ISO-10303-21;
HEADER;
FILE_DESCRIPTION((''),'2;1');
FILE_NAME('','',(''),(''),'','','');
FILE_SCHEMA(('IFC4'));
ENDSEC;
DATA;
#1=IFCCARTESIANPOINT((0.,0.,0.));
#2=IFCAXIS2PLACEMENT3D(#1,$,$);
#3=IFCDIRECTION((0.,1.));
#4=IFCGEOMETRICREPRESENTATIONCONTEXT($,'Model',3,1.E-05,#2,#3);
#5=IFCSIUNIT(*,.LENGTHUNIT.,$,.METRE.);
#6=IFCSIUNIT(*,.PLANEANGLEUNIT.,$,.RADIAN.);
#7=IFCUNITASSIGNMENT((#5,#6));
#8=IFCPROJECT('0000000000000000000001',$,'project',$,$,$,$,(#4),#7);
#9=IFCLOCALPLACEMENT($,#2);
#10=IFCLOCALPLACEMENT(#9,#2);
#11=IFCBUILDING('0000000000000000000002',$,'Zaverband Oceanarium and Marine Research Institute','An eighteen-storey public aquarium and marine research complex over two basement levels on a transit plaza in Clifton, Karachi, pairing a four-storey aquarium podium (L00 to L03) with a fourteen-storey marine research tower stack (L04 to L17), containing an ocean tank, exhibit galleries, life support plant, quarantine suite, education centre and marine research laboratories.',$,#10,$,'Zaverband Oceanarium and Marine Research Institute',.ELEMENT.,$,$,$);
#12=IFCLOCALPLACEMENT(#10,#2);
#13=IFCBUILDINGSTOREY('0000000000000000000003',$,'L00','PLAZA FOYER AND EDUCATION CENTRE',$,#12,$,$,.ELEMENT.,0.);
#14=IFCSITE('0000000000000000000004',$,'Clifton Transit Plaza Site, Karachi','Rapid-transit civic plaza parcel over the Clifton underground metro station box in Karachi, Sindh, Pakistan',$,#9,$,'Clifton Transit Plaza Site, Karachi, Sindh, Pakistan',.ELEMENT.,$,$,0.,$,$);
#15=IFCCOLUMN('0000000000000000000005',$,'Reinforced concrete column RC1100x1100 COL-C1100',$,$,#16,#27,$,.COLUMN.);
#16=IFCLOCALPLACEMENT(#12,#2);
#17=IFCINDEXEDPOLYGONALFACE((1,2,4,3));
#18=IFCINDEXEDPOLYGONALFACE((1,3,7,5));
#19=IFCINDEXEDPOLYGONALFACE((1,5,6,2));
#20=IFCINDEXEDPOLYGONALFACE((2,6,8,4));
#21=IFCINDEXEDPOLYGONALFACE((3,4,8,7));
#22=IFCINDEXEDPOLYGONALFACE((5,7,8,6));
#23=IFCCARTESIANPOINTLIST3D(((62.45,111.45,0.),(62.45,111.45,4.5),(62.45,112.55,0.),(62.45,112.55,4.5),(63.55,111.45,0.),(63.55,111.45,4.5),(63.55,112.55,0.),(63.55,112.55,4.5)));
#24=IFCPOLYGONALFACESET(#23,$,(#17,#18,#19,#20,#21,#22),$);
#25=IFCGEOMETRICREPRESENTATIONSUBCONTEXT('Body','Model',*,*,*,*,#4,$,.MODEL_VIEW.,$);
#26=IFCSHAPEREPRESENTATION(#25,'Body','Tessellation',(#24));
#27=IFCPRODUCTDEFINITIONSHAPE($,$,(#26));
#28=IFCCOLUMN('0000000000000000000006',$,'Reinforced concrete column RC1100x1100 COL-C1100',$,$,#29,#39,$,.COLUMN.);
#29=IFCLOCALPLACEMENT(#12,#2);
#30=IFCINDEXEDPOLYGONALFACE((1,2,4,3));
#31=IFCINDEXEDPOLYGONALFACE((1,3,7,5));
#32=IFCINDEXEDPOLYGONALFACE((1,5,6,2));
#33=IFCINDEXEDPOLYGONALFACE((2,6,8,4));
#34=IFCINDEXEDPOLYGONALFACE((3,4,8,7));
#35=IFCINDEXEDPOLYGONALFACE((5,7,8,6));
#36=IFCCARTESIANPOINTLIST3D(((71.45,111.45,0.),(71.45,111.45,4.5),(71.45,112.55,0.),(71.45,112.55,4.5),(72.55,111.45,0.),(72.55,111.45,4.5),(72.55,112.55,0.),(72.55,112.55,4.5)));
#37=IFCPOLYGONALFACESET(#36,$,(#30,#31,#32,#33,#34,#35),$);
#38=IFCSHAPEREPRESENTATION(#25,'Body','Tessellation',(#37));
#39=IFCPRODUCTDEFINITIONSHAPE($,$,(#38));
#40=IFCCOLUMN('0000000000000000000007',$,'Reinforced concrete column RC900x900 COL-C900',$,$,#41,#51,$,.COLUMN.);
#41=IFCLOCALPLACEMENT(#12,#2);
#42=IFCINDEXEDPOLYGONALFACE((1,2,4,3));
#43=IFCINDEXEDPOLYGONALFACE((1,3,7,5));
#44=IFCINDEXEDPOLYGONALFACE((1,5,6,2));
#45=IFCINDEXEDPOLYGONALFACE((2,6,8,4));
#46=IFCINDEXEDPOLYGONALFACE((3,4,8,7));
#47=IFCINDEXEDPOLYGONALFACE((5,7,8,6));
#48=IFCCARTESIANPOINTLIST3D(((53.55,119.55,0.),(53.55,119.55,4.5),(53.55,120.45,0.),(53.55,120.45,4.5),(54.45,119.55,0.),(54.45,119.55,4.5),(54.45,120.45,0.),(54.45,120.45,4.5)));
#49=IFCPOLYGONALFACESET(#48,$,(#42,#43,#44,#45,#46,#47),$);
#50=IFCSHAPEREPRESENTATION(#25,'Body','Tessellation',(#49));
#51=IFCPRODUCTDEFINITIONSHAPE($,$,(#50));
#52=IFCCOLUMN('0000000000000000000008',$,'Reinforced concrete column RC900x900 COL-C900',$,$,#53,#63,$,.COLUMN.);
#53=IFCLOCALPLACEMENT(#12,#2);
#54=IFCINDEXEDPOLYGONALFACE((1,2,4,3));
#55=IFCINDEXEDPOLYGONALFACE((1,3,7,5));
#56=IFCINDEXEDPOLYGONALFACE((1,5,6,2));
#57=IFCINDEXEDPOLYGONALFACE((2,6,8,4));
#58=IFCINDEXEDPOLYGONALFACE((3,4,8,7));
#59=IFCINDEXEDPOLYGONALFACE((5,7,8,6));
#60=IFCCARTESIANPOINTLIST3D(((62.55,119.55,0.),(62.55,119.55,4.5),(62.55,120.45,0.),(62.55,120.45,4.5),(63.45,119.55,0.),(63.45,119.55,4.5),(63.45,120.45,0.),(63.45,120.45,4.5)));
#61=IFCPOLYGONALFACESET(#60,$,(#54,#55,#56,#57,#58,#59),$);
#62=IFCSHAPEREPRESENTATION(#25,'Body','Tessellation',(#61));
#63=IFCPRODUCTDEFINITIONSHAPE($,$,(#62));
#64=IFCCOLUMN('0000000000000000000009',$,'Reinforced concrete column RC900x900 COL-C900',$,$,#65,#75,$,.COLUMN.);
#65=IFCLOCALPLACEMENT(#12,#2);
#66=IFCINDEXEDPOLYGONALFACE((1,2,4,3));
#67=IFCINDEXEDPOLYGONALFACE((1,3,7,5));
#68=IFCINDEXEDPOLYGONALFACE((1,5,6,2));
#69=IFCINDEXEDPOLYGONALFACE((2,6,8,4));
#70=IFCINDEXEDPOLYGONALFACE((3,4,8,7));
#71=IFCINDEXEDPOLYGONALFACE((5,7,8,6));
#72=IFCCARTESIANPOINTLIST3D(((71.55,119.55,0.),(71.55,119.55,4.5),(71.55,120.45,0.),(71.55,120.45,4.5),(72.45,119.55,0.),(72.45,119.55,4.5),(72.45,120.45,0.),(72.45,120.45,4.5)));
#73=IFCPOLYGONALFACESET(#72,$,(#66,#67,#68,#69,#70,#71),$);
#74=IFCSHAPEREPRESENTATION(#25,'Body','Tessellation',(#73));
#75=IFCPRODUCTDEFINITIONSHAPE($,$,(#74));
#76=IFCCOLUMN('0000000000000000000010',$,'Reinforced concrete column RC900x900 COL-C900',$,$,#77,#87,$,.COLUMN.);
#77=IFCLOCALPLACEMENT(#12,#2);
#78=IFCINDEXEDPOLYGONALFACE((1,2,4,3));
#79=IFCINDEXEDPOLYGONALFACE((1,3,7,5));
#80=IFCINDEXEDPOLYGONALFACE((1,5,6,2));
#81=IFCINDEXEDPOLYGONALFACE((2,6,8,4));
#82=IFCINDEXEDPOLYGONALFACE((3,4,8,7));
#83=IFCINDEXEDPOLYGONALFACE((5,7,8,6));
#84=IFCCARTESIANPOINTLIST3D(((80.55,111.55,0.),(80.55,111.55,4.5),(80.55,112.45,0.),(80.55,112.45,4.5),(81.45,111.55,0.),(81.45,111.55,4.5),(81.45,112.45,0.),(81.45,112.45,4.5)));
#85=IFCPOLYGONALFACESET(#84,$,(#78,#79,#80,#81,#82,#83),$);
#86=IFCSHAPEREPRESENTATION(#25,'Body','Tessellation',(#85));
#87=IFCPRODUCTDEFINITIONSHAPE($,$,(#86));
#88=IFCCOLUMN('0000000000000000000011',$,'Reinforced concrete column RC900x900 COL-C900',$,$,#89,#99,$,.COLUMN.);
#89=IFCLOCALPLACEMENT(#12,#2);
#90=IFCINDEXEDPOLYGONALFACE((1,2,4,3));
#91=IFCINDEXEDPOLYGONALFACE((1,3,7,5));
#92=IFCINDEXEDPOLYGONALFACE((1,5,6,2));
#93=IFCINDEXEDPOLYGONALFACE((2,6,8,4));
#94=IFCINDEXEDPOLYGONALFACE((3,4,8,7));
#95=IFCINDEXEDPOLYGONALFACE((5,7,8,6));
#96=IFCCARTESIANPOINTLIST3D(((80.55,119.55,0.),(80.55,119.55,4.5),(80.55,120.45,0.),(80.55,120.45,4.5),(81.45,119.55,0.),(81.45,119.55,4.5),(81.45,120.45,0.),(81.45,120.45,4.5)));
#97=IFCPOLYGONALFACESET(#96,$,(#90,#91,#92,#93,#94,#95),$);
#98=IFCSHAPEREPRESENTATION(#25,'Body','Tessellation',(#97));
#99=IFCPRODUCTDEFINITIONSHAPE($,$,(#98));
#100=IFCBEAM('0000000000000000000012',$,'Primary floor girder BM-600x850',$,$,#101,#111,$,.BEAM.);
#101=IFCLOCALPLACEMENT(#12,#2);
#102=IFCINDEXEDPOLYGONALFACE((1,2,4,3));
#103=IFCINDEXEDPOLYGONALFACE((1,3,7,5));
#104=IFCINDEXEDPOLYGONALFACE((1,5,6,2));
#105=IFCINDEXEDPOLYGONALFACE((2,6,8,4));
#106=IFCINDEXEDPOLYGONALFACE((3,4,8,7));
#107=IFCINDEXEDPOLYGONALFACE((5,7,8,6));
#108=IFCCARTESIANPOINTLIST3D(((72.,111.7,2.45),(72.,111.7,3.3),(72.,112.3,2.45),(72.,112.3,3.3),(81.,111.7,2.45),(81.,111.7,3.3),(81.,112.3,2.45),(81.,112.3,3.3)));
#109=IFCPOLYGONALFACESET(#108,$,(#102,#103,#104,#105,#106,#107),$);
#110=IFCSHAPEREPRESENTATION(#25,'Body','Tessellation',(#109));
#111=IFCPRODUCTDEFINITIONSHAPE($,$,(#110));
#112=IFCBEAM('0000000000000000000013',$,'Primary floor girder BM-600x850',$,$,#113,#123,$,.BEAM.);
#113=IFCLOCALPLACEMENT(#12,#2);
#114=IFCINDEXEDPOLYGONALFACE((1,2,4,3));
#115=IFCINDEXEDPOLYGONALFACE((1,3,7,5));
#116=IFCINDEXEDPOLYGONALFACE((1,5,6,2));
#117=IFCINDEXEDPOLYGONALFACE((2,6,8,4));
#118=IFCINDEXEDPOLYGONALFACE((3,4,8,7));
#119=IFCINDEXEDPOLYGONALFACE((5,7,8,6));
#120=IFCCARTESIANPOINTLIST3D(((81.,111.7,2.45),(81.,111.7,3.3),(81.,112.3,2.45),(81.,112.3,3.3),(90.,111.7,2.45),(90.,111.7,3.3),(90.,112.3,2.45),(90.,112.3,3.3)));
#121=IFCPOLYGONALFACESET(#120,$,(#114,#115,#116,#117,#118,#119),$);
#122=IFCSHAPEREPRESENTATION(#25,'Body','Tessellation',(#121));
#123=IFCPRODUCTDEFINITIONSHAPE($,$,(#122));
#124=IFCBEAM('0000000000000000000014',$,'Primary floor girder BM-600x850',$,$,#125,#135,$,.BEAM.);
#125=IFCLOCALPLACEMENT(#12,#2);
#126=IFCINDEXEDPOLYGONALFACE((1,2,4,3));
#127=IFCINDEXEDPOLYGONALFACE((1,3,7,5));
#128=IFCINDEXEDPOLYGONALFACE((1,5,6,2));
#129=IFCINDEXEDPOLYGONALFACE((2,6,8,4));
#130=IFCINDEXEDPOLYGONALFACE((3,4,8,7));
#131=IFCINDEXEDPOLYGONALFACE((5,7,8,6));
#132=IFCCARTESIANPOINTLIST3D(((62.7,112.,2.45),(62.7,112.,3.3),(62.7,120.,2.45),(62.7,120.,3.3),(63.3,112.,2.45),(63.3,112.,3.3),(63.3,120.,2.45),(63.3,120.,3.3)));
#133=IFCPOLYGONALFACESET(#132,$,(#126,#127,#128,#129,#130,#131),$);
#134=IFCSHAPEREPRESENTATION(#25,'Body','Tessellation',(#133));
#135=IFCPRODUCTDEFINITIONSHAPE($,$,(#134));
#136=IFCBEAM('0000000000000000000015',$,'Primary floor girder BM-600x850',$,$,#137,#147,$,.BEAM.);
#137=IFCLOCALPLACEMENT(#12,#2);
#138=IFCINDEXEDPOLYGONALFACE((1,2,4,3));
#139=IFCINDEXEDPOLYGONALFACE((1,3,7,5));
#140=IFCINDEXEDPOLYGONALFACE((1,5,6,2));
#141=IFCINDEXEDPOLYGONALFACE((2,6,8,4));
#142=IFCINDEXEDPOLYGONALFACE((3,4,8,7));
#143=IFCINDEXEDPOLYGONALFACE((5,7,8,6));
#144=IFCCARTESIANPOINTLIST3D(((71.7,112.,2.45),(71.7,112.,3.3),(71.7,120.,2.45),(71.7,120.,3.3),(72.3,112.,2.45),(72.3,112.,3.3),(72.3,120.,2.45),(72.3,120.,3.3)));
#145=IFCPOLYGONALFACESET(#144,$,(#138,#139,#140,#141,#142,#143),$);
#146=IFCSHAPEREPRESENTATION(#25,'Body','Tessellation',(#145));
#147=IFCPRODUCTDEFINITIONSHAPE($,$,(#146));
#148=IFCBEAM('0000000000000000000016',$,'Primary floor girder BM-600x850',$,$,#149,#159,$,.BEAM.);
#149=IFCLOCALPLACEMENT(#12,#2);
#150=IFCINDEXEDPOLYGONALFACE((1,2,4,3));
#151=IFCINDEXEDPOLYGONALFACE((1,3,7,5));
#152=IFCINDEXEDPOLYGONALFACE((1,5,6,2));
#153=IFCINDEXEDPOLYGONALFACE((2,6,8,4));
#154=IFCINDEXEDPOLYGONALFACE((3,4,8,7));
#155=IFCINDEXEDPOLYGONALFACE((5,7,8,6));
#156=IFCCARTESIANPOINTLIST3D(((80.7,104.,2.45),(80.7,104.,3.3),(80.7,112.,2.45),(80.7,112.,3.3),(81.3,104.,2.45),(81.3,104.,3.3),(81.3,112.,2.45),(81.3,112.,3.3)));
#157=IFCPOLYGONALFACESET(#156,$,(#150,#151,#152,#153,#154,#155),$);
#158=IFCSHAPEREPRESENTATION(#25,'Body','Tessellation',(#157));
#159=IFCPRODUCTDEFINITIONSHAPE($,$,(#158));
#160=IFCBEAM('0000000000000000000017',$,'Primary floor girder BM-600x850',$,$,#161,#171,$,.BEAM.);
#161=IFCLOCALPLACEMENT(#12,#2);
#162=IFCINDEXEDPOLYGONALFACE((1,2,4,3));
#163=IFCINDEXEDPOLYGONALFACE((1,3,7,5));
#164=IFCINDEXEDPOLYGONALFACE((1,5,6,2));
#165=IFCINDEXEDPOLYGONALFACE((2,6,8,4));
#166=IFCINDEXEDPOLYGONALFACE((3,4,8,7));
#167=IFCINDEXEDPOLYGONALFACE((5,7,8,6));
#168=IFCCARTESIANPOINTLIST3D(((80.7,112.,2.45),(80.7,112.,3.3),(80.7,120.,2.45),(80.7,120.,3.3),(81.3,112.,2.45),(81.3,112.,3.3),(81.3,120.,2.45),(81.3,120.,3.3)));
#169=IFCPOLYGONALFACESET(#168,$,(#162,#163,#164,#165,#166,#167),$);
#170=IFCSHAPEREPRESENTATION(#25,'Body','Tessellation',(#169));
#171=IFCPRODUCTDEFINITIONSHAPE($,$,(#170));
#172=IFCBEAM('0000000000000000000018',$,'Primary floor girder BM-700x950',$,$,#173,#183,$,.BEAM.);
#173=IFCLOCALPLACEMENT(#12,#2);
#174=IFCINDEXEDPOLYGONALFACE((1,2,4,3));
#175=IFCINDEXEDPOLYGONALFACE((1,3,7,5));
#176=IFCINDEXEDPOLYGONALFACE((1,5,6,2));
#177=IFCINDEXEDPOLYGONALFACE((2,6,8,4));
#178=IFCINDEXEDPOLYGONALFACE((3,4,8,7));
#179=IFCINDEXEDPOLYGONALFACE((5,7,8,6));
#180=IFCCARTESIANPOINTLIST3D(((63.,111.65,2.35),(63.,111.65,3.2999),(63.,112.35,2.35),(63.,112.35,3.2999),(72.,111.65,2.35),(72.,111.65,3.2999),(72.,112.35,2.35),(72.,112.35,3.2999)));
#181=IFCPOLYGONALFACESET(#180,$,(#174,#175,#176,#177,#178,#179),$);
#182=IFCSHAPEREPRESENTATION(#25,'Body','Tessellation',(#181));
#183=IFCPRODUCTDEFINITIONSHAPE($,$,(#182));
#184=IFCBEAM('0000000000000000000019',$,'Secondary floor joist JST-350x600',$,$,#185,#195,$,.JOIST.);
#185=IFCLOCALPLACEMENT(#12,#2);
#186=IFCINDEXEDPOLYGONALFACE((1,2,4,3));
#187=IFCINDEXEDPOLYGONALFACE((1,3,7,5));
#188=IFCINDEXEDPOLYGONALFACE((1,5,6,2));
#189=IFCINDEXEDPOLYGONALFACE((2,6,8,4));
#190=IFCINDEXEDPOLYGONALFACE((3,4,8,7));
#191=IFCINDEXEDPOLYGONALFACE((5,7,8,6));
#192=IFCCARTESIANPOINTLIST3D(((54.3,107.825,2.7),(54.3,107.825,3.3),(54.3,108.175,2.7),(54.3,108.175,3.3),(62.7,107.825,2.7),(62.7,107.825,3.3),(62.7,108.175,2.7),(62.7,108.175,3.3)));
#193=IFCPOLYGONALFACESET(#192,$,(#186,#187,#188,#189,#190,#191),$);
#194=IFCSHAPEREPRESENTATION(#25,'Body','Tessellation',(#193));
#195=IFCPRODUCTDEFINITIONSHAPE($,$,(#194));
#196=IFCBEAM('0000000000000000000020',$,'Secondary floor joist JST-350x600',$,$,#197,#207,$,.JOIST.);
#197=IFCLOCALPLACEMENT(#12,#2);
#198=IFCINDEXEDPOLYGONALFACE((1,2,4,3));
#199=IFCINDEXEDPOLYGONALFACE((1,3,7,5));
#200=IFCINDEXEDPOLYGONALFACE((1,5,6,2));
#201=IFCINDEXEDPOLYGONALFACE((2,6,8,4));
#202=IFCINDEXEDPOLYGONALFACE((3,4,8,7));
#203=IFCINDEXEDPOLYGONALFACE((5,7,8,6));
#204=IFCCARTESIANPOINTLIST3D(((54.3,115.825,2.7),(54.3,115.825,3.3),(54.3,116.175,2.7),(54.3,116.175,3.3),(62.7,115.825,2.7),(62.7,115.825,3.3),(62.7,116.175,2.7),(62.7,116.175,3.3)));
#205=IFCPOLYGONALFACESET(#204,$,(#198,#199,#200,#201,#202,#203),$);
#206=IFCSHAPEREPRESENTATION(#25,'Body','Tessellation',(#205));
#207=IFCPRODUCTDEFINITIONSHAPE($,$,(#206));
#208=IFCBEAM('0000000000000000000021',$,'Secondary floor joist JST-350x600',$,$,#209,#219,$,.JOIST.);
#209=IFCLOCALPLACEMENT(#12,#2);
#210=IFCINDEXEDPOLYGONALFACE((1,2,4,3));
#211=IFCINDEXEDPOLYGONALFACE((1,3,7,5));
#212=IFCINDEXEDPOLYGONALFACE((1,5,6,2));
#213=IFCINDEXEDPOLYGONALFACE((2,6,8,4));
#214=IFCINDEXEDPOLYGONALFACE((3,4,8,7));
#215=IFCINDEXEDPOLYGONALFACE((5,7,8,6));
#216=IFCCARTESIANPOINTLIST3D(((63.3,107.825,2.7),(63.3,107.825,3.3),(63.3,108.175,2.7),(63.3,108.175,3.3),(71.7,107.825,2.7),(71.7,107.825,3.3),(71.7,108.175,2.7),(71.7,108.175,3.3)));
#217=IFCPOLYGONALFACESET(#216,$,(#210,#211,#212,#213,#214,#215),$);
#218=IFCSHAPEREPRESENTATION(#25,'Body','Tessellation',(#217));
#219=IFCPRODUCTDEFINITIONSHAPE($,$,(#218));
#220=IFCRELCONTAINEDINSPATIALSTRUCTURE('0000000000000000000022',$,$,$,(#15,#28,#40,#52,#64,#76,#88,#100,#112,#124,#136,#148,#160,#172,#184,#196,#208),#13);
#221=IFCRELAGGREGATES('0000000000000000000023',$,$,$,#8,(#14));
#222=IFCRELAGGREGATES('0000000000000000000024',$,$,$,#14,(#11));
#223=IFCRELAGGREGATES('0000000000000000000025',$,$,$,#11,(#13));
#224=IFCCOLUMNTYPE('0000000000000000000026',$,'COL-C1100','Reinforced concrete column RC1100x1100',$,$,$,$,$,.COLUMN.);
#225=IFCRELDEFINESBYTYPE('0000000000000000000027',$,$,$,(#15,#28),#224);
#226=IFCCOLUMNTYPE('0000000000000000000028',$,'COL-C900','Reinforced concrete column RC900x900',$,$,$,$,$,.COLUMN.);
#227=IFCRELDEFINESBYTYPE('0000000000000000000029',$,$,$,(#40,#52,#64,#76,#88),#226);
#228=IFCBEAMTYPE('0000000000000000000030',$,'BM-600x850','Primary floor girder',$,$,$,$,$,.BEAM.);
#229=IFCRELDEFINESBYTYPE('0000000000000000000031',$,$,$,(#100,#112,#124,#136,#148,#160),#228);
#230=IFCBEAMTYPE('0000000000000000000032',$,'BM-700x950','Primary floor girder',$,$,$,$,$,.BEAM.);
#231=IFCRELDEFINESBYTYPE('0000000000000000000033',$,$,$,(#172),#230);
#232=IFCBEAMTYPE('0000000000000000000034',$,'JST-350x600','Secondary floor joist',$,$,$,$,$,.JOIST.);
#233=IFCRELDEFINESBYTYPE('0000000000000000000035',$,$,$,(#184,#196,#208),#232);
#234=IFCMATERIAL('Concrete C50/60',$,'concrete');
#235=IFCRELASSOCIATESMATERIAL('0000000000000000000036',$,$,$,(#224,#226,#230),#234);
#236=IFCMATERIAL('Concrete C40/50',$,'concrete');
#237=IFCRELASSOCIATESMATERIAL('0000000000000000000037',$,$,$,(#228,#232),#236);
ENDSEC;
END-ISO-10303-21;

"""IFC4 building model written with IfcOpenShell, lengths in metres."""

from ifc_helpers import new_model, si_unit, direction, frame, origin, origin_2d, place, context, subcontext, project, spatial, rectangle, extrude, material, material_profile, profile_set, type_object, element, save


model = new_model("IFC4")

# Units and contexts
model_context = context("Model", 3, precision=1e-05, world=origin(), true_north=direction((0.0, 1.0)))
body_context = subcontext(model_context, "Body", "Model", "MODEL_VIEW")
ifc_project = project(units=[si_unit("LENGTHUNIT", "METRE"), si_unit("PLANEANGLEUNIT", "RADIAN")], contexts=[model_context])

# Site, building, storey
site_placement = place(None, origin())
site = spatial("IfcSite", under=ifc_project, at=site_placement, Name="Clifton Transit Plaza Site, Karachi", Description="Rapid-transit civic plaza parcel over the Clifton underground metro station box in Karachi, Sindh, Pakistan", LongName="Clifton Transit Plaza Site, Karachi, Sindh, Pakistan", CompositionType="ELEMENT", RefElevation=0.0)
building_placement = place(site_placement, origin())
building = spatial("IfcBuilding", under=site, at=building_placement, Name="Zaverband Oceanarium and Marine Research Institute", Description="An eighteen-storey public aquarium and marine research complex over two basement levels on a transit plaza in Clifton, Karachi, pairing a four-storey aquarium podium (L00 to L03) with a fourteen-storey marine research tower stack (L04 to L17), containing an ocean tank, exhibit galleries, life support plant, quarantine suite, education centre and marine research laboratories.", LongName="Zaverband Oceanarium and Marine Research Institute", CompositionType="ELEMENT")
storey_placement = place(building_placement, origin())
storey = spatial("IfcBuildingStorey", under=building, at=storey_placement, Name="L00", Description="PLAZA FOYER AND EDUCATION CENTRE", CompositionType="ELEMENT", Elevation=0.0)

# Columns
ifc_material_1 = material(Name="Concrete C50/60", Category="concrete")
ifc_material_profile_1 = material_profile(ifc_material_1, rectangle(XDim=1.1001, YDim=1.1001, at=origin_2d()), Name="RC1100x1100")
ifc_profile_set_1 = profile_set([ifc_material_profile_1], Name="Concrete C50/60")
column_type_1 = type_object("IfcColumnType", Name="COL-C1100", Description="Reinforced concrete column RC1100x1100", PredefinedType="COLUMN", material=ifc_profile_set_1)
for number, where, z_axis, x_axis, name in (
    (1, (63.0, 112.0, 0.0), (0.0, 0.0, 1.0), (1.0, 0.0, 0.0), "Reinforced concrete column RC1100x1100 COL-C1100"),
    (2, (72.0, 112.0, 0.0), (0.0, 0.0, 1.0), (1.0, 0.0, 0.0), "Reinforced concrete column RC1100x1100 COL-C1100"),
):
    element("IfcColumn", number, at=place(storey_placement, frame(where, z_axis=z_axis, x_axis=x_axis)), inside=storey, type_object=column_type_1, Name=name, PredefinedType="COLUMN", context=body_context, shape_type="SweptSolid", body=[
        extrude(rectangle(XDim=1.1001, YDim=1.1001, at=origin_2d()), origin(), (0.0, 0.0, 1.0), 4.5),
    ])
ifc_material_profile_2 = material_profile(ifc_material_1, rectangle(XDim=0.8999, YDim=0.8999, at=origin_2d()), Name="RC900x900")
ifc_profile_set_2 = profile_set([ifc_material_profile_2], Name="Concrete C50/60")
column_type_2 = type_object("IfcColumnType", Name="COL-C900", Description="Reinforced concrete column RC900x900", PredefinedType="COLUMN", material=ifc_profile_set_2)
for number, where, z_axis, x_axis, name in (
    (3, (54.0, 120.0, 0.0), (0.0, 0.0, 1.0), (1.0, 0.0, 0.0), "Reinforced concrete column RC900x900 COL-C900"),
    (4, (63.0, 120.0, 0.0), (0.0, 0.0, 1.0), (1.0, 0.0, 0.0), "Reinforced concrete column RC900x900 COL-C900"),
    (5, (72.0, 120.0, 0.0), (0.0, 0.0, 1.0), (1.0, 0.0, 0.0), "Reinforced concrete column RC900x900 COL-C900"),
    (6, (81.0, 112.0, 0.0), (0.0, 0.0, 1.0), (1.0, 0.0, 0.0), "Reinforced concrete column RC900x900 COL-C900"),
    (7, (81.0, 120.0, 0.0), (0.0, 0.0, 1.0), (1.0, 0.0, 0.0), "Reinforced concrete column RC900x900 COL-C900"),
):
    element("IfcColumn", number, at=place(storey_placement, frame(where, z_axis=z_axis, x_axis=x_axis)), inside=storey, type_object=column_type_2, Name=name, PredefinedType="COLUMN", context=body_context, shape_type="SweptSolid", body=[
        extrude(rectangle(XDim=0.8999, YDim=0.8999, at=origin_2d()), origin(), (0.0, 0.0, 1.0), 4.5),
    ])

# Beams
ifc_material_2 = material(Name="Concrete C40/50", Category="concrete")
ifc_material_profile_3 = material_profile(ifc_material_2, rectangle(XDim=0.6001, YDim=0.8501, at=origin_2d()), Name="RC600x850")
ifc_profile_set_3 = profile_set([ifc_material_profile_3], Name="Concrete C40/50")
beam_type_1 = type_object("IfcBeamType", Name="BM-600x850", Description="Primary floor girder", PredefinedType="BEAM", material=ifc_profile_set_3)
for number, where, z_axis, x_axis, name in (
    (8, (72.0, 112.0, 2.875), (1.0, 0.0, 0.0), (0.0, 1.0, 0.0), "Primary floor girder BM-600x850"),
    (9, (81.0, 112.0, 2.875), (1.0, 0.0, 0.0), (0.0, 1.0, 0.0), "Primary floor girder BM-600x850"),
):
    element("IfcBeam", number, at=place(storey_placement, frame(where, z_axis=z_axis, x_axis=x_axis)), inside=storey, type_object=beam_type_1, Name=name, PredefinedType="BEAM", context=body_context, shape_type="SweptSolid", body=[
        extrude(rectangle(XDim=0.6001, YDim=0.8501, at=origin_2d()), origin(), (0.0, 0.0, 1.0), 9.0),
    ])
for number, where, z_axis, x_axis, name in (
    (10, (63.0, 112.0, 2.875), (0.0, 1.0, 0.0), (-1.0, 0.0, 0.0), "Primary floor girder BM-600x850"),
    (11, (72.0, 112.0, 2.875), (0.0, 1.0, 0.0), (-1.0, 0.0, 0.0), "Primary floor girder BM-600x850"),
    (12, (81.0, 104.0, 2.875), (0.0, 1.0, 0.0), (-1.0, 0.0, 0.0), "Primary floor girder BM-600x850"),
    (13, (81.0, 112.0, 2.875), (0.0, 1.0, 0.0), (-1.0, 0.0, 0.0), "Primary floor girder BM-600x850"),
):
    element("IfcBeam", number, at=place(storey_placement, frame(where, z_axis=z_axis, x_axis=x_axis)), inside=storey, type_object=beam_type_1, Name=name, PredefinedType="BEAM", context=body_context, shape_type="SweptSolid", body=[
        extrude(rectangle(XDim=0.6001, YDim=0.8501, at=origin_2d()), origin(), (0.0, 0.0, 1.0), 8.0),
    ])
ifc_material_profile_4 = material_profile(ifc_material_1, rectangle(XDim=0.7, YDim=0.95, at=origin_2d()), Name="RC700x950")
ifc_profile_set_4 = profile_set([ifc_material_profile_4], Name="Concrete C50/60")
beam_type_2 = type_object("IfcBeamType", Name="BM-700x950", Description="Primary floor girder", PredefinedType="BEAM", material=ifc_profile_set_4)
beam_placement = place(storey_placement, frame((63.0, 112.0, 2.825), z_axis=(1.0, 0.0, 0.0), x_axis=(0.0, 1.0, 0.0)))
element("IfcBeam", 14, at=beam_placement, inside=storey, type_object=beam_type_2, Name="Primary floor girder BM-700x950", PredefinedType="BEAM", context=body_context, shape_type="SweptSolid", body=[
    extrude(rectangle(XDim=0.7, YDim=0.95, at=origin_2d()), origin(), (0.0, 0.0, 1.0), 9.0),
])
ifc_material_profile_5 = material_profile(ifc_material_2, rectangle(XDim=0.3501, YDim=0.6001, at=origin_2d()), Name="RC350x600")
ifc_profile_set_5 = profile_set([ifc_material_profile_5], Name="Concrete C40/50")
beam_type_3 = type_object("IfcBeamType", Name="JST-350x600", Description="Secondary floor joist", PredefinedType="JOIST", material=ifc_profile_set_5)
for number, where, z_axis, x_axis, name in (
    (15, (54.3, 108.0, 3.0), (1.0, 0.0, 0.0), (0.0, 1.0, 0.0), "Secondary floor joist JST-350x600"),
    (16, (54.3, 116.0, 3.0), (1.0, 0.0, 0.0), (0.0, 1.0, 0.0), "Secondary floor joist JST-350x600"),
    (17, (63.3, 108.0, 3.0), (1.0, 0.0, 0.0), (0.0, 1.0, 0.0), "Secondary floor joist JST-350x600"),
):
    element("IfcBeam", number, at=place(storey_placement, frame(where, z_axis=z_axis, x_axis=x_axis)), inside=storey, type_object=beam_type_3, Name=name, PredefinedType="JOIST", context=body_context, shape_type="SweptSolid", body=[
        extrude(rectangle(XDim=0.3501, YDim=0.6001, at=origin_2d()), origin(), (0.0, 0.0, 1.0), 8.3999),
    ])

save(model, "model.ifc")
